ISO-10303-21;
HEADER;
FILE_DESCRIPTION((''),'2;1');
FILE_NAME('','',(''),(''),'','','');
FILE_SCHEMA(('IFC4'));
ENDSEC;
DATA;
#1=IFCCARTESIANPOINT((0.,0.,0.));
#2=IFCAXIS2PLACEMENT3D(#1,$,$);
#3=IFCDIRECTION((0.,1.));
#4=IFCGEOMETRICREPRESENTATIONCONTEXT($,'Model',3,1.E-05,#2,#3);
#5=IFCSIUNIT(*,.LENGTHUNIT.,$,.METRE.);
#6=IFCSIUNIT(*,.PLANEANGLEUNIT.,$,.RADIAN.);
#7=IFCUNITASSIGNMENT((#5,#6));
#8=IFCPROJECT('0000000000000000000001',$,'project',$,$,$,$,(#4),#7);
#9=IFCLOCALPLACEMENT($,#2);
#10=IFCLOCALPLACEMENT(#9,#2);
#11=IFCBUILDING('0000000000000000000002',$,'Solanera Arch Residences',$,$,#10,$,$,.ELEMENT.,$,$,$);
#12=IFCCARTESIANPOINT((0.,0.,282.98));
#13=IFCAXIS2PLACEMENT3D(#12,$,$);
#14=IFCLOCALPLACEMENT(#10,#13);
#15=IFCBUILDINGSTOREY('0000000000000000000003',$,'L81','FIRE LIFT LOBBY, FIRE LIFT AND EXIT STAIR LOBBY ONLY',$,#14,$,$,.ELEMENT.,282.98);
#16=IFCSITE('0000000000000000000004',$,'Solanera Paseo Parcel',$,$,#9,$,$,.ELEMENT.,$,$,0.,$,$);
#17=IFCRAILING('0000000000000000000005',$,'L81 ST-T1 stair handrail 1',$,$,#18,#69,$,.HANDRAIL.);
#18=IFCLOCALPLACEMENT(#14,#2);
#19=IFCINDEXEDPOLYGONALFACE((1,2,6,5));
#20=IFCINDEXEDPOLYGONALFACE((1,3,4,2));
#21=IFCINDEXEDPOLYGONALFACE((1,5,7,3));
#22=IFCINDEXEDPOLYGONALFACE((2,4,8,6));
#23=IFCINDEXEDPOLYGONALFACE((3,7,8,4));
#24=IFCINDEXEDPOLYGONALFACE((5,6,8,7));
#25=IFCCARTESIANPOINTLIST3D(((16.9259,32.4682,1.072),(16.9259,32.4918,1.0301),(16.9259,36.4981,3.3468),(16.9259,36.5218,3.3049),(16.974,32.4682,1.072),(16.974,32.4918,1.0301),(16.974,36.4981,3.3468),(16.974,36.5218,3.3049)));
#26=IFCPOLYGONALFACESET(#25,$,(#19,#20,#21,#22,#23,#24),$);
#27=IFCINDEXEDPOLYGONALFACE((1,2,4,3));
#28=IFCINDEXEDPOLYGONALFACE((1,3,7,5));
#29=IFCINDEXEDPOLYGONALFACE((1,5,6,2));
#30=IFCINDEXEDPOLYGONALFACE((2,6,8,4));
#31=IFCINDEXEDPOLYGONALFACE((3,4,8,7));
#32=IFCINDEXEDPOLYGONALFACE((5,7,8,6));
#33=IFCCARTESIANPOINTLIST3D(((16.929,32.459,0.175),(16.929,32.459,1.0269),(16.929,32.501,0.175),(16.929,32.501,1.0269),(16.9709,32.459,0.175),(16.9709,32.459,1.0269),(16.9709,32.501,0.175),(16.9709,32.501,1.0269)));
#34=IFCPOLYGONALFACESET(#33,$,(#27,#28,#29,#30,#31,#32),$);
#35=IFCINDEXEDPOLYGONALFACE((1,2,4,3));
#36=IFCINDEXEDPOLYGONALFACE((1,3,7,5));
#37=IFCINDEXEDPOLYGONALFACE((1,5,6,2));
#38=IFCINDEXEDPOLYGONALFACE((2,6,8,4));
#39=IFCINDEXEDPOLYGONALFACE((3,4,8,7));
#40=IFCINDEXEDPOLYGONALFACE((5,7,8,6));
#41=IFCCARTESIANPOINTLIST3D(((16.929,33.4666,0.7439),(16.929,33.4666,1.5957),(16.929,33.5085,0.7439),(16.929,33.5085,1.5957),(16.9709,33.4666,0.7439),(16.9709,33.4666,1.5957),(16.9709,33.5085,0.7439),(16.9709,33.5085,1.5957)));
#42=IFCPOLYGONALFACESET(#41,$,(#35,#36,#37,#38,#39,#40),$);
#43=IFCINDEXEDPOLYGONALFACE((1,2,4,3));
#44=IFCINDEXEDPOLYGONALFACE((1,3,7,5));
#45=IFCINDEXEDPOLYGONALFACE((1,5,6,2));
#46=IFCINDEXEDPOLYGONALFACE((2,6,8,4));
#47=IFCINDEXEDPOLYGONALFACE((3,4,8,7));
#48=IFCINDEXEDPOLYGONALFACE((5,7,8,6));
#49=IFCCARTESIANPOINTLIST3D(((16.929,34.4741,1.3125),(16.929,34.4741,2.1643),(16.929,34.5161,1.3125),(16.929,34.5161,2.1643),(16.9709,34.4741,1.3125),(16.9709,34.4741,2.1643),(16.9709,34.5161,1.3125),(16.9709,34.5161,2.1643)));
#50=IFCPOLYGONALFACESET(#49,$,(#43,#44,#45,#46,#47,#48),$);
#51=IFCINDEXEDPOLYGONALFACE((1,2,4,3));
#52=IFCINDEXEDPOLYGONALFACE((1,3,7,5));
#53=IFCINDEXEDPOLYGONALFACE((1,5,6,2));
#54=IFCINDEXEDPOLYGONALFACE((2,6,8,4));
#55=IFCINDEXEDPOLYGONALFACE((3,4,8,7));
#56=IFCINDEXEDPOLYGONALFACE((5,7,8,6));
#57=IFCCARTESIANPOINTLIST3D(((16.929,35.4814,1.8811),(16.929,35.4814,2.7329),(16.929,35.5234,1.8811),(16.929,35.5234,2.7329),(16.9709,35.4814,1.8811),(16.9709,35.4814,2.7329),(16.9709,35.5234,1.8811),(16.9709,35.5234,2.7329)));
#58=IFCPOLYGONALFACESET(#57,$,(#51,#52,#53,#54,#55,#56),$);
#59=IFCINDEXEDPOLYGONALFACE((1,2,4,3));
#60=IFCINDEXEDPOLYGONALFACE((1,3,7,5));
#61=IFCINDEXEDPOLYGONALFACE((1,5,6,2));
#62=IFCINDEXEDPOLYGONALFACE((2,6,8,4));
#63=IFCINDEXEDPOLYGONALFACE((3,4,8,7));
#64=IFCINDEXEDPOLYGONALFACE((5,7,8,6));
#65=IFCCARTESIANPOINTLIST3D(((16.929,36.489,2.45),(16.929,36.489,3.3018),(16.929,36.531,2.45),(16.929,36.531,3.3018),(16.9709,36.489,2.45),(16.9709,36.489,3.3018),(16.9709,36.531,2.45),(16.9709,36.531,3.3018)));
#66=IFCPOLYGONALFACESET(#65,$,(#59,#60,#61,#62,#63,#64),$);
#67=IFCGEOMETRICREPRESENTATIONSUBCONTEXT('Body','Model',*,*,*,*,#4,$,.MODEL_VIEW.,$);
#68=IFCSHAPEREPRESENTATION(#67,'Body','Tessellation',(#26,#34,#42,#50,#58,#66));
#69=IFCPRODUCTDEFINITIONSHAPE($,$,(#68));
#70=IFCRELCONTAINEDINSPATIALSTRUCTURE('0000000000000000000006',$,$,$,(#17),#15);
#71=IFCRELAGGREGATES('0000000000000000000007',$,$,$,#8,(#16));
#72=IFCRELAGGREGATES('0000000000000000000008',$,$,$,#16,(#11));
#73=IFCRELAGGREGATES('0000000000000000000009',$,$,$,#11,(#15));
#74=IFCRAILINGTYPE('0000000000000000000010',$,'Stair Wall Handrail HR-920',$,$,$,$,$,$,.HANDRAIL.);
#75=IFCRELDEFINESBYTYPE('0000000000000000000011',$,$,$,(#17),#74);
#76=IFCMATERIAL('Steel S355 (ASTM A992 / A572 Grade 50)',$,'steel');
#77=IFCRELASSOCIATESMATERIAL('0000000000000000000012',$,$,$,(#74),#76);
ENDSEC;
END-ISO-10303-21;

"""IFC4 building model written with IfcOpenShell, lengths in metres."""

from ifc_helpers import new_model, si_unit, direction, frame, origin, origin_2d, place, context, subcontext, project, spatial, rectangle, extrude, material, type_object, element, save


model = new_model("IFC4")

# Units and contexts
model_context = context("Model", 3, precision=1e-05, world=origin(), true_north=direction((0.0, 1.0)))
body_context = subcontext(model_context, "Body", "Model", "MODEL_VIEW")
ifc_project = project(units=[si_unit("LENGTHUNIT", "METRE"), si_unit("PLANEANGLEUNIT", "RADIAN")], contexts=[model_context])

# Site, building, storey
site_placement = place(None, origin())
site = spatial("IfcSite", under=ifc_project, at=site_placement, Name="Solanera Paseo Parcel", CompositionType="ELEMENT", RefElevation=0.0)
building_placement = place(site_placement, origin())
building = spatial("IfcBuilding", under=site, at=building_placement, Name="Solanera Arch Residences", CompositionType="ELEMENT")
storey_placement = place(building_placement, frame((0.0, 0.0, 282.98)))
storey = spatial("IfcBuildingStorey", under=building, at=storey_placement, Name="L81", Description="FIRE LIFT LOBBY, FIRE LIFT AND EXIT STAIR LOBBY ONLY", CompositionType="ELEMENT", Elevation=282.98)

# Railing
ifc_material_1 = material(Name="Steel S355 (ASTM A992 / A572 Grade 50)", Category="steel")
railing_type = type_object("IfcRailingType", Name="Stair Wall Handrail HR-920", PredefinedType="HANDRAIL", material=ifc_material_1)
railing_placement = place(storey_placement, frame((16.95, 32.48, 0.175)))
element("IfcRailing", 1, at=railing_placement, inside=storey, type_object=railing_type, Name="L81 ST-T1 stair handrail 1", PredefinedType="HANDRAIL", context=body_context, shape_type="SweptSolid", body=[
    extrude(rectangle(XDim=0.0481, YDim=0.0481, at=origin_2d()), frame((0.0, 0.0, 0.876), z_axis=(0.0, 0.870835, 0.491576), x_axis=(-1.0, 0.0, 0.0)), (0.0, 0.0, 1.0), 4.6277),
    extrude(rectangle(XDim=0.042, YDim=0.042, at=origin_2d()), origin(), (0.0, 0.0, 1.0), 0.8518),
    extrude(rectangle(XDim=0.042, YDim=0.042, at=origin_2d()), frame((0.0, 1.0076, 0.5688)), (0.0, 0.0, 1.0), 0.8518),
    extrude(rectangle(XDim=0.042, YDim=0.042, at=origin_2d()), frame((0.0, 2.0151, 1.1375)), (0.0, 0.0, 1.0), 0.8518),
    extrude(rectangle(XDim=0.042, YDim=0.042, at=origin_2d()), frame((0.0, 3.0225, 1.7061)), (0.0, 0.0, 1.0), 0.8518),
    extrude(rectangle(XDim=0.042, YDim=0.042, at=origin_2d()), frame((0.0, 4.03, 2.2749)), (0.0, 0.0, 1.0), 0.8518),
])

save(model, "model.ifc")
